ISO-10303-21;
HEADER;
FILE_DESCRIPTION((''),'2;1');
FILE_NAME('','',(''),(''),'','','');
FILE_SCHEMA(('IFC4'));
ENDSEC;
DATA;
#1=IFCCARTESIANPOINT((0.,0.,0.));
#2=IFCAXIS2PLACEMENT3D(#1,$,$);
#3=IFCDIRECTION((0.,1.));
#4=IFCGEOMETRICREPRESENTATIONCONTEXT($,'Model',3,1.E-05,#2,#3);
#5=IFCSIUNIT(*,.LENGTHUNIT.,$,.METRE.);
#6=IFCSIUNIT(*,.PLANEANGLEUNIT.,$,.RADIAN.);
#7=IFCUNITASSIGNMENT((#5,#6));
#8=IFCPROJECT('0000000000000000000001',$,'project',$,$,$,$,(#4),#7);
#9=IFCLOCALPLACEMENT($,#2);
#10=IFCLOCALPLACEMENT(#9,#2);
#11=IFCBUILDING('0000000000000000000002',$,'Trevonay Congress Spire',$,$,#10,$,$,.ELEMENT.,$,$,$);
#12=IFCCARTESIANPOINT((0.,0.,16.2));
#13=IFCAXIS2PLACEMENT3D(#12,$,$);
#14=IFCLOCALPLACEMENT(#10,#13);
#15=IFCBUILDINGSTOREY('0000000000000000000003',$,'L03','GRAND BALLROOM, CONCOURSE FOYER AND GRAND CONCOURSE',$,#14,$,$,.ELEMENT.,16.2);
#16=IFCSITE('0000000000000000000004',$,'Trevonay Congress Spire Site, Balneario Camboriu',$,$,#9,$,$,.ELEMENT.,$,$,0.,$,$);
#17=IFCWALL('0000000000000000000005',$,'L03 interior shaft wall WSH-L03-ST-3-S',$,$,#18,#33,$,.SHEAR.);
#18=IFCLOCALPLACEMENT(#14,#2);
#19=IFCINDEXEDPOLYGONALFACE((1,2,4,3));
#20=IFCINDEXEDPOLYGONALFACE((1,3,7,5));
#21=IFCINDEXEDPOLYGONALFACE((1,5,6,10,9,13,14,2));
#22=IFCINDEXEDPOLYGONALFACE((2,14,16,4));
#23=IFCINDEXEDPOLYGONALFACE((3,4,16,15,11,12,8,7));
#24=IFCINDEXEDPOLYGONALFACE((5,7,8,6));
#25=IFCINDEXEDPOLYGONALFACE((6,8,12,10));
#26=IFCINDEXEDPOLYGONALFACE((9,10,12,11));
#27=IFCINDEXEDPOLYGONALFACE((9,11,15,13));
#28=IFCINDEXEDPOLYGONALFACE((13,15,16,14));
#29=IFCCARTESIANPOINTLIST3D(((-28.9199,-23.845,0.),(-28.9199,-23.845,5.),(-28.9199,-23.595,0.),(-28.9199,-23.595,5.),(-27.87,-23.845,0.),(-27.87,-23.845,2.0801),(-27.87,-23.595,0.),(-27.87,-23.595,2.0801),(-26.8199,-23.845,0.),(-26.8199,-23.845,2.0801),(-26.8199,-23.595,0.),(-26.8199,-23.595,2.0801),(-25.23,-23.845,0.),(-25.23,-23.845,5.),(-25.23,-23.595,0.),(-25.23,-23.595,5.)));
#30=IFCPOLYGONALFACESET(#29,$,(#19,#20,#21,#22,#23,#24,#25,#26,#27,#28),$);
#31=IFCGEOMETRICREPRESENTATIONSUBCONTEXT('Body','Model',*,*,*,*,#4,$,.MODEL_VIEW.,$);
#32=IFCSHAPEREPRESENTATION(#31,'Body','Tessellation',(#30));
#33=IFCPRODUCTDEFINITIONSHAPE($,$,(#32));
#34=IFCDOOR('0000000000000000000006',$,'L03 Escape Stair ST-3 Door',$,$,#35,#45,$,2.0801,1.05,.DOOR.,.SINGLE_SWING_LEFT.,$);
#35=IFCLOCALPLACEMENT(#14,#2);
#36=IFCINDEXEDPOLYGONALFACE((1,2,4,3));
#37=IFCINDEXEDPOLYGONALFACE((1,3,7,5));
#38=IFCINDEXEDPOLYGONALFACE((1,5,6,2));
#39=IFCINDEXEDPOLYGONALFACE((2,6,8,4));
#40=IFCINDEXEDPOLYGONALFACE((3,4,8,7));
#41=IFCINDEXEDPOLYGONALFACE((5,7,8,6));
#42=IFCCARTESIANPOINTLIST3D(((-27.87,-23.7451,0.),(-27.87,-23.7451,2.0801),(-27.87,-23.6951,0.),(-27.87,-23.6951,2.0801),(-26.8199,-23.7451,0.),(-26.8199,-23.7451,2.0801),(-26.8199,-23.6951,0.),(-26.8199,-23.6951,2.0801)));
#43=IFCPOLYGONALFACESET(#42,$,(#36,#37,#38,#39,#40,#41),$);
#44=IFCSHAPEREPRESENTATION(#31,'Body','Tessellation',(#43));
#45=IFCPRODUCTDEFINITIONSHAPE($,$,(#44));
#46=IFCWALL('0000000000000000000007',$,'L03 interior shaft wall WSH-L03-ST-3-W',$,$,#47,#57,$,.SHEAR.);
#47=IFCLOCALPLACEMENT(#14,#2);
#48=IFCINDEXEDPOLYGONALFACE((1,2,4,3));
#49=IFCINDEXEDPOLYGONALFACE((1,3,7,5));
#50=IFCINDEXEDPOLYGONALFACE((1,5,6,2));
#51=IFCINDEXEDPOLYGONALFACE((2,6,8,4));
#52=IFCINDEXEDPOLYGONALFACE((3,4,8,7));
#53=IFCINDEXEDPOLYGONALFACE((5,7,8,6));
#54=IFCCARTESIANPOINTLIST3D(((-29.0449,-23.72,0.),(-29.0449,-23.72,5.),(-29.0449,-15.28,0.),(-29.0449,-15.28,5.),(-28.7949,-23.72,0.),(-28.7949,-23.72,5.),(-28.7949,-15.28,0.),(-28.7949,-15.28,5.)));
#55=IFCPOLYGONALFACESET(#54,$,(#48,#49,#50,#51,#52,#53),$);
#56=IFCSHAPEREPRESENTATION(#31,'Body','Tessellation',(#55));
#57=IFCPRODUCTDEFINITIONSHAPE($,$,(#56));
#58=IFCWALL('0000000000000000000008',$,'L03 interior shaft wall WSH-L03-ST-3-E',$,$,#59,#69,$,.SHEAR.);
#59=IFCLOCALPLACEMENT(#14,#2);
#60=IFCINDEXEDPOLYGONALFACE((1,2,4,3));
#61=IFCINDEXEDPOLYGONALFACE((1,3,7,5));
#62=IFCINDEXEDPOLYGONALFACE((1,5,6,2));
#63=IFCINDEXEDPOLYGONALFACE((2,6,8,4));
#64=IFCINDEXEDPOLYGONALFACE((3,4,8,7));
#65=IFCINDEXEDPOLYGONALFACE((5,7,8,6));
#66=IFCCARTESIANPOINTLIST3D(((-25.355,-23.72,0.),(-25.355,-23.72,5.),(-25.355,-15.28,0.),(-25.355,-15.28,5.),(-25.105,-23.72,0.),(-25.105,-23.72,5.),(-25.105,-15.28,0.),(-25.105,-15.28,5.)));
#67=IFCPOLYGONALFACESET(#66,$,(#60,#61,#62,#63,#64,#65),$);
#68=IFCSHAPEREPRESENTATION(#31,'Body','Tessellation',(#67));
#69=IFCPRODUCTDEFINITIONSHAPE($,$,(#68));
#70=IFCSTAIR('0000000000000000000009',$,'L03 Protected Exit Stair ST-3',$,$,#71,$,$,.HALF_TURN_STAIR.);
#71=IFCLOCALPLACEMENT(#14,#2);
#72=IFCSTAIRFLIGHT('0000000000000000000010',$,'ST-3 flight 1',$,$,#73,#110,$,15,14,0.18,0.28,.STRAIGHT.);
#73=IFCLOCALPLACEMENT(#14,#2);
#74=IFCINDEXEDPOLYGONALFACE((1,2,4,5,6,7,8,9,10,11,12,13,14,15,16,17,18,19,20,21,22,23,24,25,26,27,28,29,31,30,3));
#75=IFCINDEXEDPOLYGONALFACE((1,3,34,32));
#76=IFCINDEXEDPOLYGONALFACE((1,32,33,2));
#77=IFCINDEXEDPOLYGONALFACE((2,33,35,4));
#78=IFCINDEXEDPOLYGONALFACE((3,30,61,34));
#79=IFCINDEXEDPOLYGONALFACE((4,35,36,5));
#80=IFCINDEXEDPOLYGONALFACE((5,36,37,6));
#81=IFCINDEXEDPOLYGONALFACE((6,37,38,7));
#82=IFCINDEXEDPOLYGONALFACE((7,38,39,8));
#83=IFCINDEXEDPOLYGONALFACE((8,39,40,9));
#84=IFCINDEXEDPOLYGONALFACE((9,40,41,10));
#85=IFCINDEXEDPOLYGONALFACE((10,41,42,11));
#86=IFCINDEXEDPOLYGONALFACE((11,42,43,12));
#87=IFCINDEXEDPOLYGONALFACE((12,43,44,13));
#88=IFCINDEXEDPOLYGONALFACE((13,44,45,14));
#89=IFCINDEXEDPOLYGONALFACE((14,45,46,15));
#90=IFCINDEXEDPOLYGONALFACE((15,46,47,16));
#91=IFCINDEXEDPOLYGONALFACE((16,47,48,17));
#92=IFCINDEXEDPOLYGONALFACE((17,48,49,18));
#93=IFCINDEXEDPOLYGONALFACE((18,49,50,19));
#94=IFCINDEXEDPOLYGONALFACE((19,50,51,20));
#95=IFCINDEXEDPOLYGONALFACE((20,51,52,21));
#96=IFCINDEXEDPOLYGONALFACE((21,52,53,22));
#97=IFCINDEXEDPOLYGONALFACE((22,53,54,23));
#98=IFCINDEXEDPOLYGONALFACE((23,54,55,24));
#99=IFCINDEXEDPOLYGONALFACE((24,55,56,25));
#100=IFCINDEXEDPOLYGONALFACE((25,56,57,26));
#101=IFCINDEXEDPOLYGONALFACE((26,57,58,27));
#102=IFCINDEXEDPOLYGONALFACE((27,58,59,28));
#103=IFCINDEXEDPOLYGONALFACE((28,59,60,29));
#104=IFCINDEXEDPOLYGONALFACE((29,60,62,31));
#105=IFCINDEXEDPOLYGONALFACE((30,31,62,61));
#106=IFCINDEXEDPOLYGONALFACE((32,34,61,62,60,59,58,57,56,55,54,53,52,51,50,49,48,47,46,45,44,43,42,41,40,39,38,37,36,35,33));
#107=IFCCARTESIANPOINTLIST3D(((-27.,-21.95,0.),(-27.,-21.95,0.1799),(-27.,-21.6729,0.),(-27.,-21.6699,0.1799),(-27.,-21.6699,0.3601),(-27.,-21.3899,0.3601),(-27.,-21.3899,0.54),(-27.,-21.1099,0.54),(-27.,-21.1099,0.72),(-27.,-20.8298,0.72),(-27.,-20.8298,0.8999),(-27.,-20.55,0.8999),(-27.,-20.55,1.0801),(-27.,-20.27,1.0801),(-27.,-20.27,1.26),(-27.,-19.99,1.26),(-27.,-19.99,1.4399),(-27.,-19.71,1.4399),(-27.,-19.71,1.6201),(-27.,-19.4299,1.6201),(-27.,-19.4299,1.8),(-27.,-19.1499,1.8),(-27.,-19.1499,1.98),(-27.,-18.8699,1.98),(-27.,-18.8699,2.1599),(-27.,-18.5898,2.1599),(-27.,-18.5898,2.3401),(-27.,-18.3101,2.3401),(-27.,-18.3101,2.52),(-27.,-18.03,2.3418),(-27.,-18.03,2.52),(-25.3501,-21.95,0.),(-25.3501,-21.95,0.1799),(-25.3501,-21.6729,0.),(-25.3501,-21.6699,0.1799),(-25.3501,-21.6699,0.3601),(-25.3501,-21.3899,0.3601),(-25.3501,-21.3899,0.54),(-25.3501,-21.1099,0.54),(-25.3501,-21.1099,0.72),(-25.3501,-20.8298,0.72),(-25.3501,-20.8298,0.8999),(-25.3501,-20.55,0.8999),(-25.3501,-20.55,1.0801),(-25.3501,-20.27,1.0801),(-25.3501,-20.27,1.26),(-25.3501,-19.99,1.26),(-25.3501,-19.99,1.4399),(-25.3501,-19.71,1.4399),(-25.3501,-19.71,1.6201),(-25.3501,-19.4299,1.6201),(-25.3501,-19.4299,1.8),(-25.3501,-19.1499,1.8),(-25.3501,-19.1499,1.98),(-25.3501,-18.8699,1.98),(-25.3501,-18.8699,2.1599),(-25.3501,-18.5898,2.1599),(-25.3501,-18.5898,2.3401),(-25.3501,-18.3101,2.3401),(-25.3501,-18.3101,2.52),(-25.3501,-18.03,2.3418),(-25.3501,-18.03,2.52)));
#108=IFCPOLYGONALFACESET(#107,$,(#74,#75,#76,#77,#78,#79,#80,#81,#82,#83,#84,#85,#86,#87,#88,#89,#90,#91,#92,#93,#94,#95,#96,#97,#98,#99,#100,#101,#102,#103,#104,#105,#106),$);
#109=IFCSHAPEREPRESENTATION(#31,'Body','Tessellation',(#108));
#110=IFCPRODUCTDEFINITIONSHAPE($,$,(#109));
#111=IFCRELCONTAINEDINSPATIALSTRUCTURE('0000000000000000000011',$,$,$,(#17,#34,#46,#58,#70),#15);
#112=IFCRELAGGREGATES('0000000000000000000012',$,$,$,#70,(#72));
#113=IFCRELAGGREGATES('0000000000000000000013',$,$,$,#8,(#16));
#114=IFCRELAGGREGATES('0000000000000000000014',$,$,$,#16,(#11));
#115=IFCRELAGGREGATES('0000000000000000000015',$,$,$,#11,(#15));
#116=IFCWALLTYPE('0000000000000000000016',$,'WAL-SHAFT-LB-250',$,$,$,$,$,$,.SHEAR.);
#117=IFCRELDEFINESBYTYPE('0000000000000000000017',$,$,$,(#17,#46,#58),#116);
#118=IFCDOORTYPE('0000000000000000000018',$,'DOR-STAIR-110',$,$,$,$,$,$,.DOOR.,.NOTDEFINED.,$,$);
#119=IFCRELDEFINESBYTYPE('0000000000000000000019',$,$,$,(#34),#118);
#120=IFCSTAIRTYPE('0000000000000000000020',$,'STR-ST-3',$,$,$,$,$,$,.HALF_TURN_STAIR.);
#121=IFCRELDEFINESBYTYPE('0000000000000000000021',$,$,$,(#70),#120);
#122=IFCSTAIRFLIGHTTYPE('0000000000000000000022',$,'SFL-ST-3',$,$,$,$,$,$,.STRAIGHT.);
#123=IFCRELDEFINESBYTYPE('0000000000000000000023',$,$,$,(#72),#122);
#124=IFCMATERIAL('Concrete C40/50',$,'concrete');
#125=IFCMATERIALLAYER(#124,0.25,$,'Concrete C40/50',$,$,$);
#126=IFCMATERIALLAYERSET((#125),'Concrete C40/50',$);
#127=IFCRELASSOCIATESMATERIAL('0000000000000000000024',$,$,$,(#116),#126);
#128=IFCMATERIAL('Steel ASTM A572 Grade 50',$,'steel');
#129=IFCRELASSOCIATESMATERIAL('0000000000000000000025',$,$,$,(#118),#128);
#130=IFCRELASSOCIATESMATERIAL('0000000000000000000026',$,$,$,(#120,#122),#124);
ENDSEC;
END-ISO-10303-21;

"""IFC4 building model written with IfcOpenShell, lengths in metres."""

from ifc_helpers import new_model, si_unit, direction, frame, frame_2d, origin, place, context, subcontext, project, spatial, polyline, rectangle, outline, extrude, material, layer, layer_set, type_object, element, fill, aggregate, save


model = new_model("IFC4")

# Units and contexts
model_context = context("Model", 3, precision=1e-05, world=origin(), true_north=direction((0.0, 1.0)))
body_context = subcontext(model_context, "Body", "Model", "MODEL_VIEW")
ifc_project = project(units=[si_unit("LENGTHUNIT", "METRE"), si_unit("PLANEANGLEUNIT", "RADIAN")], contexts=[model_context])

# Site, building, storey
site_placement = place(None, origin())
site = spatial("IfcSite", under=ifc_project, at=site_placement, Name="Trevonay Congress Spire Site, Balneario Camboriu", CompositionType="ELEMENT", RefElevation=0.0)
building_placement = place(site_placement, origin())
building = spatial("IfcBuilding", under=site, at=building_placement, Name="Trevonay Congress Spire", CompositionType="ELEMENT")
storey_placement = place(building_placement, frame((0.0, 0.0, 16.2)))
storey = spatial("IfcBuildingStorey", under=building, at=storey_placement, Name="L03", Description="GRAND BALLROOM, CONCOURSE FOYER AND GRAND CONCOURSE", CompositionType="ELEMENT", Elevation=16.2)

# Shared definitions
ifc_material_1 = material(Name="Steel ASTM A572 Grade 50", Category="steel")

# Wall, opening, door
ifc_material_2 = material(Name="Concrete C40/50", Category="concrete")
ifc_layer_1 = layer(ifc_material_2, 0.25, Name="Concrete C40/50")
ifc_layer_set_1 = layer_set([ifc_layer_1], Name="Concrete C40/50")
wall_type = type_object("IfcWallType", Name="WAL-SHAFT-LB-250", PredefinedType="SHEAR", material=ifc_layer_set_1)
wall_placement = place(storey_placement, frame((-28.9199, -23.72, 0.0), z_axis=(0.0, 0.0, 1.0), x_axis=(1.0, 0.0, 0.0)))
wall = element("IfcWall", 1, at=wall_placement, inside=storey, type_object=wall_type, Name="L03 interior shaft wall WSH-L03-ST-3-S", PredefinedType="SHEAR", context=body_context, shape_type="SweptSolid", body=[
    extrude(rectangle(XDim=3.6899, YDim=0.25, at=frame_2d((1.845, 0.0))), origin(), (0.0, 0.0, 1.0), 5.0),
])
opening_placement = place(wall_placement, frame((1.05, 0.0, 0.0)))
opening = element("IfcOpeningElement", 2, at=opening_placement, cuts=wall, PredefinedType="OPENING", context=body_context, shape_type="SweptSolid", body=[
    extrude(rectangle(XDim=1.05, YDim=2.0801, at=frame_2d((0.5249, 1.04))), frame((0.0, 0.135, 0.0), z_axis=(0.0, -1.0, 0.0), x_axis=(1.0, 0.0, 0.0)), (0.0, 0.0, 1.0), 0.27),
])
door_type = type_object("IfcDoorType", Name="DOR-STAIR-110", OperationType="NOTDEFINED", PredefinedType="DOOR", material=ifc_material_1)
door_placement = place(opening_placement, origin())
door = element("IfcDoor", 3, at=door_placement, inside=storey, type_object=door_type, Name="L03 Escape Stair ST-3 Door", OperationType="SINGLE_SWING_LEFT", OverallHeight=2.0801, OverallWidth=1.05, PredefinedType="DOOR", context=body_context, shape_type="SweptSolid", body=[
    extrude(rectangle(XDim=1.05, YDim=2.0801, at=frame_2d((0.5249, 1.04))), frame((0.0, 0.0249, 0.0), z_axis=(0.0, -1.0, 0.0), x_axis=(1.0, 0.0, 0.0)), (0.0, 0.0, 1.0), 0.05),
])
fill(opening, door)

# Walls
for number, where, z_axis, x_axis, name in (
    (4, (-28.9199, -23.72, 0.0), (0.0, 0.0, 1.0), (0.0, 1.0, 0.0), "L03 interior shaft wall WSH-L03-ST-3-W"),
    (5, (-25.23, -23.72, 0.0), (0.0, 0.0, 1.0), (0.0, 1.0, 0.0), "L03 interior shaft wall WSH-L03-ST-3-E"),
):
    element("IfcWall", number, at=place(storey_placement, frame(where, z_axis=z_axis, x_axis=x_axis)), inside=storey, type_object=wall_type, Name=name, PredefinedType="SHEAR", context=body_context, shape_type="SweptSolid", body=[
        extrude(rectangle(XDim=8.4399, YDim=0.25, at=frame_2d((4.22, 0.0))), origin(), (0.0, 0.0, 1.0), 5.0),
    ])

# Stair, stair flight
stair_type = type_object("IfcStairType", Name="STR-ST-3", PredefinedType="HALF_TURN_STAIR", material=ifc_material_2)
stair_placement = place(storey_placement, origin())
stair = element("IfcStair", 6, at=stair_placement, inside=storey, type_object=stair_type, Name="L03 Protected Exit Stair ST-3", PredefinedType="HALF_TURN_STAIR")
stair_flight_type = type_object("IfcStairFlightType", Name="SFL-ST-3", PredefinedType="STRAIGHT", material=ifc_material_2)
stair_flight_placement = place(storey_placement, frame((-26.175, -21.95, 0.0), z_axis=(0.0, 0.0, 1.0), x_axis=(0.0, 1.0, 0.0)))
stair_flight = element("IfcStairFlight", 7, at=stair_flight_placement, type_object=stair_flight_type, Name="ST-3 flight 1", NumberOfRisers=15, NumberOfTreads=14, PredefinedType="STRAIGHT", RiserHeight=0.18, TreadLength=0.28, context=body_context, shape_type="SweptSolid", body=[
    extrude(outline(polyline([(0.0, 0.0), (0.0, 0.1799), (0.28, 0.1799), (0.28, 0.3601), (0.5601, 0.3601), (0.5601, 0.54), (0.8401, 0.54), (0.8401, 0.72), (1.1201, 0.72), (1.1201, 0.8999), (1.3999, 0.8999), (1.3999, 1.0801), (1.6799, 1.0801), (1.6799, 1.26), (1.96, 1.26), (1.96, 1.4399), (2.24, 1.4399), (2.24, 1.6201), (2.52, 1.6201), (2.52, 1.8), (2.8, 1.8), (2.8, 1.98), (3.0801, 1.98), (3.0801, 2.1599), (3.3601, 2.1599), (3.3601, 2.3401), (3.6399, 2.3401), (3.6399, 2.52), (3.9199, 2.52), (3.9199, 2.7), (3.9199, 2.3418), (0.2771, 0.0), (0.0, 0.0)])), frame((0.0, 0.825, 0.0), z_axis=(0.0, -1.0, 0.0), x_axis=(1.0, 0.0, 0.0)), (0.0, 0.0, 1.0), 1.6499),
])
aggregate(stair, [stair_flight])

save(model, "model.ifc")
